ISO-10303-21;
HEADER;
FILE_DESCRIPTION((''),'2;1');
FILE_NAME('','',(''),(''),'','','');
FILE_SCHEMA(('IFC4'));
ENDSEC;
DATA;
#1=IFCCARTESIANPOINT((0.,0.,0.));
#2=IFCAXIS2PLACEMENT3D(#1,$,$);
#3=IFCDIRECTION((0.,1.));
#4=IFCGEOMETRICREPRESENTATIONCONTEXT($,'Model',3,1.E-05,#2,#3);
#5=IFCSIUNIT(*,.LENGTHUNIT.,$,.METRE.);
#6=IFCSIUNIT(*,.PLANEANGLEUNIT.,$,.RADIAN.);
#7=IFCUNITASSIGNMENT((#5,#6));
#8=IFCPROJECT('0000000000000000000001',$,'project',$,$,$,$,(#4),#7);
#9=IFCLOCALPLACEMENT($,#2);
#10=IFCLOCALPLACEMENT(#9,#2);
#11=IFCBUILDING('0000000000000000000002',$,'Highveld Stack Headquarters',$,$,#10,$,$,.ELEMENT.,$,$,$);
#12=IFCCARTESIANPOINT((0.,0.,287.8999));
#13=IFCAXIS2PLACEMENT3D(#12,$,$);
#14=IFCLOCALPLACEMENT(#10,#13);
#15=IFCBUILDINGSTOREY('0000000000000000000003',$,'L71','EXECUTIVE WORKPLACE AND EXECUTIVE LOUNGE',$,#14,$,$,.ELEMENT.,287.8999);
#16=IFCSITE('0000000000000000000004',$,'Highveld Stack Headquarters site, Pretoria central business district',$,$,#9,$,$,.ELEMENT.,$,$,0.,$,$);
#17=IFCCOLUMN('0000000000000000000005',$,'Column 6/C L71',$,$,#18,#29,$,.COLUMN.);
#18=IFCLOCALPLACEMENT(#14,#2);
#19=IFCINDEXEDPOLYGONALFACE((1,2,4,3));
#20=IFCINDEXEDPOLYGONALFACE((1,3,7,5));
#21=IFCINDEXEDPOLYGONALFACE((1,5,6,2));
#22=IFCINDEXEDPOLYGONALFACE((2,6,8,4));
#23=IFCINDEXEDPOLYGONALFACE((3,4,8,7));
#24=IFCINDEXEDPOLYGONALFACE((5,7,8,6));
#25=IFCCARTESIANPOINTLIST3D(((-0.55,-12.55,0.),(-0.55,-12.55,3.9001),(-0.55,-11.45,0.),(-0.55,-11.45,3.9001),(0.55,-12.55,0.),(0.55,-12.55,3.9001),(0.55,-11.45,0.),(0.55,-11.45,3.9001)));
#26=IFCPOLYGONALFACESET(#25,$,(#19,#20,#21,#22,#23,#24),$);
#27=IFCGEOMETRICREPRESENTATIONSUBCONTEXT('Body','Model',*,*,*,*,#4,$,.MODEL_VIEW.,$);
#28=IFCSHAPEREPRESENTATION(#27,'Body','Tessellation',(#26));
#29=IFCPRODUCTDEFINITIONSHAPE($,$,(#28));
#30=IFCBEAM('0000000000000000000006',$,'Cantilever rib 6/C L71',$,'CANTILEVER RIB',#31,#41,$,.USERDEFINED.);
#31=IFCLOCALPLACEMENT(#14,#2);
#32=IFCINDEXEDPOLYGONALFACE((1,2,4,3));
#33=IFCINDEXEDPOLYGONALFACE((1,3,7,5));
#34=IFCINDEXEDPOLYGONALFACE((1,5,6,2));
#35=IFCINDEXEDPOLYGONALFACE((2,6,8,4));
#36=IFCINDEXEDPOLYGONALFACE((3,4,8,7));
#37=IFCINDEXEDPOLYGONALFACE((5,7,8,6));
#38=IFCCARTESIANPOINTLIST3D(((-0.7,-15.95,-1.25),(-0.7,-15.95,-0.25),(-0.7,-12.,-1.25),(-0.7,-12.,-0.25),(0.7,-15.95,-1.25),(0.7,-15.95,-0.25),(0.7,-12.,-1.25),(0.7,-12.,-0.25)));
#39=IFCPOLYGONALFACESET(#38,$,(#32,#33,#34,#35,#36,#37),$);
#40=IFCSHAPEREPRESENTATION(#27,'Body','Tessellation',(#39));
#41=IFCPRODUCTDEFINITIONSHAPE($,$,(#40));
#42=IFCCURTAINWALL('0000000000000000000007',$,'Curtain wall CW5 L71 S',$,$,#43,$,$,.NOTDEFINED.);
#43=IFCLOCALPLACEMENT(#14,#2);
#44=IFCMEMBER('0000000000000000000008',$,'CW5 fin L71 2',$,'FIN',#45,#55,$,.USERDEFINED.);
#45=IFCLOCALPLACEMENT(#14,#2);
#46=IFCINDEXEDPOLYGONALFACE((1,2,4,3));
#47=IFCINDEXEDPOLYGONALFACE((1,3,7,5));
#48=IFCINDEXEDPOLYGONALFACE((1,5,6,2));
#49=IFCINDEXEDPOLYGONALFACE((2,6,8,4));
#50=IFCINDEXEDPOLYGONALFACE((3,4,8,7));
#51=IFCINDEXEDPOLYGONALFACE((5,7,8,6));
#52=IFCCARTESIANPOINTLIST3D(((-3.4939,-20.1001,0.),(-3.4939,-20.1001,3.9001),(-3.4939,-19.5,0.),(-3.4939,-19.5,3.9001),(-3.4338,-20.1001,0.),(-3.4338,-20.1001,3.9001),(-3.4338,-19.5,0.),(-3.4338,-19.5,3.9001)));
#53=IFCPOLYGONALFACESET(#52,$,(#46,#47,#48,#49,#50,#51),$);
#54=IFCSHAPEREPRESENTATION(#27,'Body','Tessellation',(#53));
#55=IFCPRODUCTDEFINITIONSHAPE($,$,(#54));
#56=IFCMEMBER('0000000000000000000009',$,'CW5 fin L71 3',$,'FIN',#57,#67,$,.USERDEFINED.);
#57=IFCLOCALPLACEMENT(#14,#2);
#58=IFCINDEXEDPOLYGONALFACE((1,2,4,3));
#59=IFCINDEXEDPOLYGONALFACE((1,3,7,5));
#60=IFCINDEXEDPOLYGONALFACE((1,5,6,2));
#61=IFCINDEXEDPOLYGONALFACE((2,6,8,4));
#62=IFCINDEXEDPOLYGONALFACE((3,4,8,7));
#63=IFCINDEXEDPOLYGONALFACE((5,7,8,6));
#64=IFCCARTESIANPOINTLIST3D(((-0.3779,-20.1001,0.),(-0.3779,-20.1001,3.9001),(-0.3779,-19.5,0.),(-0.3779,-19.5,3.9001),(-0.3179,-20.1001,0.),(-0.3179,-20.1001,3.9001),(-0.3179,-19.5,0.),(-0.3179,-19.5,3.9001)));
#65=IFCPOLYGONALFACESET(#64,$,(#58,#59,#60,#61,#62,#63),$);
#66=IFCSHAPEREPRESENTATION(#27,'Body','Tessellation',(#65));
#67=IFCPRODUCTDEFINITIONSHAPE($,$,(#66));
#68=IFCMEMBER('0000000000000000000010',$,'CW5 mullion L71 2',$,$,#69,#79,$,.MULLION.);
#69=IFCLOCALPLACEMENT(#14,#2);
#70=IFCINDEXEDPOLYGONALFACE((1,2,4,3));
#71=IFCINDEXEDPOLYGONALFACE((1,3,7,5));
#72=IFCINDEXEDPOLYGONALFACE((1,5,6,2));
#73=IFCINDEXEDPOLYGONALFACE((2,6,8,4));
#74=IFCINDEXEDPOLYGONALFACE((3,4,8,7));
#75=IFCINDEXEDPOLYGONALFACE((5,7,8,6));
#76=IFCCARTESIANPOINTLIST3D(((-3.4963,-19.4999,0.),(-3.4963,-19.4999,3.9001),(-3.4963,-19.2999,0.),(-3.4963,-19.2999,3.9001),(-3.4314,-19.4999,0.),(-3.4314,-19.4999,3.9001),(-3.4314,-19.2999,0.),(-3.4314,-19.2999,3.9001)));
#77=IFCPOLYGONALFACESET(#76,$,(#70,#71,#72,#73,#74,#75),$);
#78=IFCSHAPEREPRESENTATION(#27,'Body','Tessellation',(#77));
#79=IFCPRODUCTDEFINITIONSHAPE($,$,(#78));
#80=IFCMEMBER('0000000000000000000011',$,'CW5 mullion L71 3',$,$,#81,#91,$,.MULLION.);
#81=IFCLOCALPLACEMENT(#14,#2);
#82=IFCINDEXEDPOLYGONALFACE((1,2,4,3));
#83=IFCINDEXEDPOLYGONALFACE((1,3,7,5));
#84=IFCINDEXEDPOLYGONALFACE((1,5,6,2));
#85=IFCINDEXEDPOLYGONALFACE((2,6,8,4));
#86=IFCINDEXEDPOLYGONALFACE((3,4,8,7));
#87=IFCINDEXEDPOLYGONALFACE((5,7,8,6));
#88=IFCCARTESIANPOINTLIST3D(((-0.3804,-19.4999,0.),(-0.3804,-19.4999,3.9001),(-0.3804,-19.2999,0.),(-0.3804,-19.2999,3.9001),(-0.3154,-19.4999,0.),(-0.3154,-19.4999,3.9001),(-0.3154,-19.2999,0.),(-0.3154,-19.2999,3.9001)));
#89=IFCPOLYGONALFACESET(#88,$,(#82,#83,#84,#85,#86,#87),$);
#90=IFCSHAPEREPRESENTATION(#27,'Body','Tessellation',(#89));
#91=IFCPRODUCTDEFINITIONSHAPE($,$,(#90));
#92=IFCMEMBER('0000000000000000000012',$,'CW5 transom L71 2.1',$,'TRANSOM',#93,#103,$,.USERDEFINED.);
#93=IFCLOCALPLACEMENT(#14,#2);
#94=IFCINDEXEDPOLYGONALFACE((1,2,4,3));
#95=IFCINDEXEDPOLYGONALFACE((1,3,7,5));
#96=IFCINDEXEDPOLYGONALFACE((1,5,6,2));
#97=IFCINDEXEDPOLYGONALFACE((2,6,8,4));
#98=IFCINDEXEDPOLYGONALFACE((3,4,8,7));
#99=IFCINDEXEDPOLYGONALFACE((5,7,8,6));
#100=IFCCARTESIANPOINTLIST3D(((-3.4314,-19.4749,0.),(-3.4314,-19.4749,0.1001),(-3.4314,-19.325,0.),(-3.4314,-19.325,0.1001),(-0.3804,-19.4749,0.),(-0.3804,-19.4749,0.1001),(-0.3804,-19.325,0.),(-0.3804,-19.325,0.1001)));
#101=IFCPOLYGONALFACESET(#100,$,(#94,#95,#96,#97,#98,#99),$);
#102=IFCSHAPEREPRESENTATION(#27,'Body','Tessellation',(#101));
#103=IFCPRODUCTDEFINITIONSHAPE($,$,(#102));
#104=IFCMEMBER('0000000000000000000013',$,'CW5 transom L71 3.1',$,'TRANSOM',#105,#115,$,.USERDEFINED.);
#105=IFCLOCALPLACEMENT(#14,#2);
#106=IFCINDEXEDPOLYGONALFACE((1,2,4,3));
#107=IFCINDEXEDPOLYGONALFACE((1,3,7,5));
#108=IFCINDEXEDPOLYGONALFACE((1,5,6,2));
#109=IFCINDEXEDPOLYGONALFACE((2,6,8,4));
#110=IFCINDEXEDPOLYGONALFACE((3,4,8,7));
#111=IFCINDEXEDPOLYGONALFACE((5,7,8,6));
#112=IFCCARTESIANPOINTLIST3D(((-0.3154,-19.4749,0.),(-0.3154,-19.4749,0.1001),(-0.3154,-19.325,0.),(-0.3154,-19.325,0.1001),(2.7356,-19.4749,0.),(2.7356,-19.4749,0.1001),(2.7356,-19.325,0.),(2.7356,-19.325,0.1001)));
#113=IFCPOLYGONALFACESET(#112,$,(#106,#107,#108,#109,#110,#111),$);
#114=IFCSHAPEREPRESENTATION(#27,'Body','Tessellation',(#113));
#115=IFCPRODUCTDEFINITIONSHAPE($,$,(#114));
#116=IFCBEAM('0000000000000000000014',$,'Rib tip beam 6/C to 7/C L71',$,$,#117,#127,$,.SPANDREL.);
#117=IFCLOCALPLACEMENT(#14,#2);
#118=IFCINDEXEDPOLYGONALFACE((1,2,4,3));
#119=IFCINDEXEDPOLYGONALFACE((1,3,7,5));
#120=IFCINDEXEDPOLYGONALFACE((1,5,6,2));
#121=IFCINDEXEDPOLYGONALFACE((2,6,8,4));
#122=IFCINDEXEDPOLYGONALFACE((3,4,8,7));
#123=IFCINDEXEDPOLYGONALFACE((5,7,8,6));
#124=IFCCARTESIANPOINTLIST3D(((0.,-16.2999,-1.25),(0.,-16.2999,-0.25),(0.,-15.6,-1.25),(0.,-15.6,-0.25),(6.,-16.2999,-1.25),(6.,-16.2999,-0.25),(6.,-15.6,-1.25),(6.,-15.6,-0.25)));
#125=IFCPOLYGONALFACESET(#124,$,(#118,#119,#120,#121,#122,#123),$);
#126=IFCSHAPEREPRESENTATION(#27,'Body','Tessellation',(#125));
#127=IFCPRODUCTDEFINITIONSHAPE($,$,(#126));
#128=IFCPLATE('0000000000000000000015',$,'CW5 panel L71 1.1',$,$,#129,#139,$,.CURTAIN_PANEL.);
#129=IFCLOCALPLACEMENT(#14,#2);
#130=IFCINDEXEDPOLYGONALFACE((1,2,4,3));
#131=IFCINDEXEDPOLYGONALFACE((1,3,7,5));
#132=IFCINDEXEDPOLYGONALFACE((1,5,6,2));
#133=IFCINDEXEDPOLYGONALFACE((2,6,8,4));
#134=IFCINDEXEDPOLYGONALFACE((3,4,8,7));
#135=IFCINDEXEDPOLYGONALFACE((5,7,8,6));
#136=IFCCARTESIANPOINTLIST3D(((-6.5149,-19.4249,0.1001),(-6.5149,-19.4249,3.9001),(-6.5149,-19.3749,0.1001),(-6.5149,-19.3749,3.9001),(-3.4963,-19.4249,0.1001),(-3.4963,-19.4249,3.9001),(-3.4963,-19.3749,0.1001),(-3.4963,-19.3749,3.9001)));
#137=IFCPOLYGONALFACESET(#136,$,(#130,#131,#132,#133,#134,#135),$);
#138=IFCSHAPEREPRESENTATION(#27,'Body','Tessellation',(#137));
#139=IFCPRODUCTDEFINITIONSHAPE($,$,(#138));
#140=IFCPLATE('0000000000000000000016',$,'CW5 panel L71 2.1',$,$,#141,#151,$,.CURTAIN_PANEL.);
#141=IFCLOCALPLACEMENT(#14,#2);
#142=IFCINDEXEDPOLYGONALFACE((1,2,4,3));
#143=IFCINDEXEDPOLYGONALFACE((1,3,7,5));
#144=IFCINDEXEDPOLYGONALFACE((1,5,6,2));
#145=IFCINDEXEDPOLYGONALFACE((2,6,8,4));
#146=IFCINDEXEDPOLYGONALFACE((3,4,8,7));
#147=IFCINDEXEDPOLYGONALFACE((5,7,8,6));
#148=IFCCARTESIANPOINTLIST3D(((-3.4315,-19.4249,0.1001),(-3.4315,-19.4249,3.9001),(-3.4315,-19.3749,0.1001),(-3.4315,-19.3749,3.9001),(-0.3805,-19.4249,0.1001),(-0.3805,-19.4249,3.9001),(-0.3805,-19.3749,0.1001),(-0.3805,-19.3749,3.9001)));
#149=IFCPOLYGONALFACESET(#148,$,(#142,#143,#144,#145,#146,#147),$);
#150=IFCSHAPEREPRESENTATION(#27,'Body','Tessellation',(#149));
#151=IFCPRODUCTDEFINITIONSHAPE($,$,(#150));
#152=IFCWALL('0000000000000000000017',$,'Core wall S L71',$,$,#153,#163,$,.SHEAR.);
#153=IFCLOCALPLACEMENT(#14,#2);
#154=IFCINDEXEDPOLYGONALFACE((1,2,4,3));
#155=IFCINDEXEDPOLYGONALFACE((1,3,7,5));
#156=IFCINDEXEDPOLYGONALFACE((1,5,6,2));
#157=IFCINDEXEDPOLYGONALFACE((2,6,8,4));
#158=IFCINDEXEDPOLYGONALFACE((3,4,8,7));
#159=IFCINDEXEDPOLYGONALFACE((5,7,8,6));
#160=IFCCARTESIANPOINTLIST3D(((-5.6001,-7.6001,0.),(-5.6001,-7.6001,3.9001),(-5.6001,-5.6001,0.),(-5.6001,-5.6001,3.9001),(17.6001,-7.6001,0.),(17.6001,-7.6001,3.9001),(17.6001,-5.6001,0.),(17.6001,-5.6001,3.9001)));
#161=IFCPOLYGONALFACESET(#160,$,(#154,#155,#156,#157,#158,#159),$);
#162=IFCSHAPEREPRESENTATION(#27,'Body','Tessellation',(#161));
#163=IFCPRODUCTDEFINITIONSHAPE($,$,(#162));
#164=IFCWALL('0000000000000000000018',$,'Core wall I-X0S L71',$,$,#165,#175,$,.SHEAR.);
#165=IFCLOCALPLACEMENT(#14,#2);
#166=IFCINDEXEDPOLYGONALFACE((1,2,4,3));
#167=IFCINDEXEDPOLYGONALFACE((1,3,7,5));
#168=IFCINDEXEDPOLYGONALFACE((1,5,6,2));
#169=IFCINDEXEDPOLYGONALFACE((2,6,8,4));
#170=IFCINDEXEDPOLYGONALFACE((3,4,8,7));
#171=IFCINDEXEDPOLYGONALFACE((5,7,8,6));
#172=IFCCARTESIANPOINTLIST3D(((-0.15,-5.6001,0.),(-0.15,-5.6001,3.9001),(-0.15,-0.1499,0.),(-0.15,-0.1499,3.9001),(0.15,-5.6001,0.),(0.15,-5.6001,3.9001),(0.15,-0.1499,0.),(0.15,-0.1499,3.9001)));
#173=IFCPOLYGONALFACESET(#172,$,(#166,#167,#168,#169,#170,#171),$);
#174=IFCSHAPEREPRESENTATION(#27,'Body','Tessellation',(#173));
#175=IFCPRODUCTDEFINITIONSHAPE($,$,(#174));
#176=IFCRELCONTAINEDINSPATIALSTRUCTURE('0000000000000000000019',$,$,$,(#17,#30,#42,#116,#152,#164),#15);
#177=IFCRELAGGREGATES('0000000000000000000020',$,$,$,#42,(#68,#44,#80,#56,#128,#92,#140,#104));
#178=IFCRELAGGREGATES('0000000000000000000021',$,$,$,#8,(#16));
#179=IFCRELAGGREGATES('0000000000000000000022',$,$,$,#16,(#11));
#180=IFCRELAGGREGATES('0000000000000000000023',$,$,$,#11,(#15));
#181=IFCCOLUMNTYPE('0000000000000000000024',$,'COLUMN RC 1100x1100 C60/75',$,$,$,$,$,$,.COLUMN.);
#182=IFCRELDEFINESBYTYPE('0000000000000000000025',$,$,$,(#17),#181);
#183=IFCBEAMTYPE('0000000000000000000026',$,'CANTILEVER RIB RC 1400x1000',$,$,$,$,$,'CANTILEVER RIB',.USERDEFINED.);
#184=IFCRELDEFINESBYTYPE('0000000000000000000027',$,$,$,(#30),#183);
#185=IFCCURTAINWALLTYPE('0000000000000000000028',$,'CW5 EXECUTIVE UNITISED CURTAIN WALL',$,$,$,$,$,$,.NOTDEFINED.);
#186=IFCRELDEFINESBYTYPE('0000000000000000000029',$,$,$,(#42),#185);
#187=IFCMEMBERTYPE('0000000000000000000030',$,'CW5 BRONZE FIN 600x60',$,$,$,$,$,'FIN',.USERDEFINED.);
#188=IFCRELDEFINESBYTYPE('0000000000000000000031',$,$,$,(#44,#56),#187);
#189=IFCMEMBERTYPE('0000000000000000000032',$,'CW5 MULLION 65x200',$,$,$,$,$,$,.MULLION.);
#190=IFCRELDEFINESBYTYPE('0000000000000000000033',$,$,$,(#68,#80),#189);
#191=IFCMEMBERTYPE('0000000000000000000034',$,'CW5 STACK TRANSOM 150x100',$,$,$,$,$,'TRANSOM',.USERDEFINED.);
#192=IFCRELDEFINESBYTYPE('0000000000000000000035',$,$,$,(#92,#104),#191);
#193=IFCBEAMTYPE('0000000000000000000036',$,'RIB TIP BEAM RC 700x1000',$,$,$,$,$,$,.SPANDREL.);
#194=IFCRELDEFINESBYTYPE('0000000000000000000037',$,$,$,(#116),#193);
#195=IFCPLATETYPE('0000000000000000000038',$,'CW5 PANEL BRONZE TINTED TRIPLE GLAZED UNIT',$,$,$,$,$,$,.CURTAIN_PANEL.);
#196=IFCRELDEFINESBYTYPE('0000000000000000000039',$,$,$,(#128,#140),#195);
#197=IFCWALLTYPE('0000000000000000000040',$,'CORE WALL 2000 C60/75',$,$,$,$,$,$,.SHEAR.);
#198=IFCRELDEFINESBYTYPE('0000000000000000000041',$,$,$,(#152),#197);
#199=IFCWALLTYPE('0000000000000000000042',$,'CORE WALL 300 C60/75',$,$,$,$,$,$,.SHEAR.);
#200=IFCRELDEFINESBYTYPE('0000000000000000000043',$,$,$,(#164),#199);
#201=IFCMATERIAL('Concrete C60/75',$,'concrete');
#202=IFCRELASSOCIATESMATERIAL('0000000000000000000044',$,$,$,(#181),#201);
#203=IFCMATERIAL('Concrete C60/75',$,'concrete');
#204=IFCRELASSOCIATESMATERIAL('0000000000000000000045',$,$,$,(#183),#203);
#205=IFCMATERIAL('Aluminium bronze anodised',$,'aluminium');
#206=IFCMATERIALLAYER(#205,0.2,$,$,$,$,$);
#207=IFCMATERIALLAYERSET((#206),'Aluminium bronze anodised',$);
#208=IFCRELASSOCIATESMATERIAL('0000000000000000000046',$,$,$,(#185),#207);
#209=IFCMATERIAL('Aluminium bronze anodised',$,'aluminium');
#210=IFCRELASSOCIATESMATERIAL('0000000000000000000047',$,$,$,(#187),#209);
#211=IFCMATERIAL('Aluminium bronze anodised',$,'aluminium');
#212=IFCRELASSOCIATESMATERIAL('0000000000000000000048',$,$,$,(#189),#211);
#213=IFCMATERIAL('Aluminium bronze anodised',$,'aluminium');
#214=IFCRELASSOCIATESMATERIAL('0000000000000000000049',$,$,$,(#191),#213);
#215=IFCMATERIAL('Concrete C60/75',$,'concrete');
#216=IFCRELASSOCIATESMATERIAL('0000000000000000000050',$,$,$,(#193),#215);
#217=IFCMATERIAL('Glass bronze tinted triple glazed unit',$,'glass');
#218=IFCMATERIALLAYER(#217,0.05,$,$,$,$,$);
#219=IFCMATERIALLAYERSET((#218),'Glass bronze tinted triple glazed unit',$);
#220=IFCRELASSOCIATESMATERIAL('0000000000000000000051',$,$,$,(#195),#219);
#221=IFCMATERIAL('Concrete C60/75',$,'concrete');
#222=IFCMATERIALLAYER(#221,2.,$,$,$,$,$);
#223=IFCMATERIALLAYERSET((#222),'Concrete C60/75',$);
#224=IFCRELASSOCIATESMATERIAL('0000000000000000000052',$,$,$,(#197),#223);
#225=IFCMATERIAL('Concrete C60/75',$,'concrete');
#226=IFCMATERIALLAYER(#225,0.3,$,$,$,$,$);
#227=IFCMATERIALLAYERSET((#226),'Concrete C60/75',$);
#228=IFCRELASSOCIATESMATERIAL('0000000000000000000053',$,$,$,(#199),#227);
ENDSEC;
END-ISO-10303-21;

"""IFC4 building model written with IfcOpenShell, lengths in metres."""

from ifc_helpers import new_model, si_unit, direction, frame, frame_2d, origin, origin_2d, place, context, subcontext, project, spatial, rectangle, extrude, material, layer, layer_set, material_profile, profile_set, type_object, element, aggregate, save


model = new_model("IFC4")

# Units and contexts
model_context = context("Model", 3, precision=1e-05, world=origin(), true_north=direction((0.0, 1.0)))
body_context = subcontext(model_context, "Body", "Model", "MODEL_VIEW")
ifc_project = project(units=[si_unit("LENGTHUNIT", "METRE"), si_unit("PLANEANGLEUNIT", "RADIAN")], contexts=[model_context])

# Site, building, storey
site_placement = place(None, origin())
site = spatial("IfcSite", under=ifc_project, at=site_placement, Name="Highveld Stack Headquarters site, Pretoria central business district", CompositionType="ELEMENT", RefElevation=0.0)
building_placement = place(site_placement, origin())
building = spatial("IfcBuilding", under=site, at=building_placement, Name="Highveld Stack Headquarters", CompositionType="ELEMENT")
storey_placement = place(building_placement, frame((0.0, 0.0, 287.8999)))
storey = spatial("IfcBuildingStorey", under=building, at=storey_placement, Name="L71", Description="EXECUTIVE WORKPLACE AND EXECUTIVE LOUNGE", CompositionType="ELEMENT", Elevation=287.8999)

# Column
ifc_material_1 = material(Name="Concrete C60/75", Category="concrete")
ifc_material_profile_1 = material_profile(ifc_material_1, rectangle(XDim=1.1001, YDim=1.1001, at=origin_2d()), Name="RC 1100x1100")
ifc_profile_set_1 = profile_set([ifc_material_profile_1], Name="Concrete C60/75")
column_type = type_object("IfcColumnType", Name="COLUMN RC 1100x1100 C60/75", PredefinedType="COLUMN", material=ifc_profile_set_1)
column_placement = place(storey_placement, frame((0.0, -12.0, 0.0), z_axis=(0.0, 0.0, 1.0), x_axis=(1.0, 0.0, 0.0)))
element("IfcColumn", 1, at=column_placement, inside=storey, type_object=column_type, Name="Column 6/C L71", PredefinedType="COLUMN", context=body_context, shape_type="SweptSolid", body=[
    extrude(rectangle(XDim=1.1001, YDim=1.1001, at=origin_2d()), origin(), (0.0, 0.0, 1.0), 3.9001),
])

# Beam
ifc_material_2 = material(Name="Concrete C60/75", Category="concrete")
ifc_material_profile_2 = material_profile(ifc_material_2, rectangle(XDim=1.3999, YDim=1.0, at=origin_2d()), Name="RC 1400x1000")
ifc_profile_set_2 = profile_set([ifc_material_profile_2], Name="Concrete C60/75")
beam_type_1 = type_object("IfcBeamType", Name="CANTILEVER RIB RC 1400x1000", ElementType="CANTILEVER RIB", PredefinedType="USERDEFINED", material=ifc_profile_set_2)
beam_1_placement = place(storey_placement, frame((0.0, -12.0, -0.75), z_axis=(0.0, -1.0, 0.0), x_axis=(1.0, 0.0, 0.0)))
element("IfcBeam", 2, at=beam_1_placement, inside=storey, type_object=beam_type_1, Name="Cantilever rib 6/C L71", ObjectType="CANTILEVER RIB", PredefinedType="USERDEFINED", context=body_context, shape_type="SweptSolid", body=[
    extrude(rectangle(XDim=1.3999, YDim=1.0, at=origin_2d()), origin(), (0.0, 0.0, 1.0), 3.95),
])

# Curtain wall, members
ifc_material_3 = material(Name="Aluminium bronze anodised", Category="aluminium")
ifc_layer_1 = layer(ifc_material_3, 0.2)
ifc_layer_set_1 = layer_set([ifc_layer_1], Name="Aluminium bronze anodised")
curtain_wall_type = type_object("IfcCurtainWallType", Name="CW5 EXECUTIVE UNITISED CURTAIN WALL", PredefinedType="NOTDEFINED", material=ifc_layer_set_1)
curtain_wall_placement = place(storey_placement, origin())
curtain_wall = element("IfcCurtainWall", 3, at=curtain_wall_placement, inside=storey, type_object=curtain_wall_type, Name="Curtain wall CW5 L71 S", PredefinedType="NOTDEFINED")
ifc_material_4 = material(Name="Aluminium bronze anodised", Category="aluminium")
ifc_material_profile_3 = material_profile(ifc_material_4, rectangle(XDim=0.6001, YDim=0.0601, at=origin_2d()), Name="FIN 600x60")
ifc_profile_set_3 = profile_set([ifc_material_profile_3], Name="Aluminium bronze anodised")
member_type_1 = type_object("IfcMemberType", Name="CW5 BRONZE FIN 600x60", ElementType="FIN", PredefinedType="USERDEFINED", material=ifc_profile_set_3)
member_1_placement = place(storey_placement, frame((-3.4639, -19.8, 0.0), z_axis=(0.0, 0.0, 1.0), x_axis=(0.0, 1.0, 0.0)))
member_1 = element("IfcMember", 4, at=member_1_placement, type_object=member_type_1, Name="CW5 fin L71 2", ObjectType="FIN", PredefinedType="USERDEFINED", context=body_context, shape_type="SweptSolid", body=[
    extrude(rectangle(XDim=0.6001, YDim=0.0601, at=origin_2d()), origin(), (0.0, 0.0, 1.0), 3.9001),
])
member_2_placement = place(storey_placement, frame((-0.3479, -19.8, 0.0), z_axis=(0.0, 0.0, 1.0), x_axis=(0.0, 1.0, 0.0)))
member_2 = element("IfcMember", 5, at=member_2_placement, type_object=member_type_1, Name="CW5 fin L71 3", ObjectType="FIN", PredefinedType="USERDEFINED", context=body_context, shape_type="SweptSolid", body=[
    extrude(rectangle(XDim=0.6001, YDim=0.0601, at=origin_2d()), origin(), (0.0, 0.0, 1.0), 3.9001),
])
ifc_material_5 = material(Name="Aluminium bronze anodised", Category="aluminium")
ifc_material_profile_4 = material_profile(ifc_material_5, rectangle(XDim=0.2, YDim=0.0649, at=origin_2d()), Name="CW5 MULLION 65x200")
ifc_profile_set_4 = profile_set([ifc_material_profile_4], Name="Aluminium bronze anodised")
member_type_2 = type_object("IfcMemberType", Name="CW5 MULLION 65x200", PredefinedType="MULLION", material=ifc_profile_set_4)
member_3_placement = place(storey_placement, frame((-3.4639, -19.3999, 0.0), z_axis=(0.0, 0.0, 1.0), x_axis=(0.0, 1.0, 0.0)))
member_3 = element("IfcMember", 6, at=member_3_placement, type_object=member_type_2, Name="CW5 mullion L71 2", PredefinedType="MULLION", context=body_context, shape_type="SweptSolid", body=[
    extrude(rectangle(XDim=0.2, YDim=0.0649, at=origin_2d()), origin(), (0.0, 0.0, 1.0), 3.9001),
])
member_4_placement = place(storey_placement, frame((-0.3479, -19.3999, 0.0), z_axis=(0.0, 0.0, 1.0), x_axis=(0.0, 1.0, 0.0)))
member_4 = element("IfcMember", 7, at=member_4_placement, type_object=member_type_2, Name="CW5 mullion L71 3", PredefinedType="MULLION", context=body_context, shape_type="SweptSolid", body=[
    extrude(rectangle(XDim=0.2, YDim=0.0649, at=origin_2d()), origin(), (0.0, 0.0, 1.0), 3.9001),
])
ifc_material_6 = material(Name="Aluminium bronze anodised", Category="aluminium")
ifc_material_profile_5 = material_profile(ifc_material_6, rectangle(XDim=0.1499, YDim=0.1001, at=origin_2d()), Name="CW5 TRANSOM 150x100")
ifc_profile_set_5 = profile_set([ifc_material_profile_5], Name="Aluminium bronze anodised")
member_type_3 = type_object("IfcMemberType", Name="CW5 STACK TRANSOM 150x100", ElementType="TRANSOM", PredefinedType="USERDEFINED", material=ifc_profile_set_5)
member_5_placement = place(storey_placement, frame((-3.4314, -19.3999, 0.05), z_axis=(1.0, 0.0, 0.0), x_axis=(0.0, 1.0, 0.0)))
member_5 = element("IfcMember", 8, at=member_5_placement, type_object=member_type_3, Name="CW5 transom L71 2.1", ObjectType="TRANSOM", PredefinedType="USERDEFINED", context=body_context, shape_type="SweptSolid", body=[
    extrude(rectangle(XDim=0.1499, YDim=0.1001, at=origin_2d()), origin(), (0.0, 0.0, 1.0), 3.051),
])
member_6_placement = place(storey_placement, frame((-0.3154, -19.3999, 0.05), z_axis=(1.0, 0.0, 0.0), x_axis=(0.0, 1.0, 0.0)))
member_6 = element("IfcMember", 9, at=member_6_placement, type_object=member_type_3, Name="CW5 transom L71 3.1", ObjectType="TRANSOM", PredefinedType="USERDEFINED", context=body_context, shape_type="SweptSolid", body=[
    extrude(rectangle(XDim=0.1499, YDim=0.1001, at=origin_2d()), origin(), (0.0, 0.0, 1.0), 3.051),
])

# Beam
ifc_material_7 = material(Name="Concrete C60/75", Category="concrete")
ifc_material_profile_6 = material_profile(ifc_material_7, rectangle(XDim=0.7, YDim=1.0, at=origin_2d()), Name="RC 700x1000")
ifc_profile_set_6 = profile_set([ifc_material_profile_6], Name="Concrete C60/75")
beam_type_2 = type_object("IfcBeamType", Name="RIB TIP BEAM RC 700x1000", PredefinedType="SPANDREL", material=ifc_profile_set_6)
beam_2_placement = place(storey_placement, frame((0.0, -15.95, -0.75), z_axis=(1.0, 0.0, 0.0), x_axis=(0.0, 1.0, 0.0)))
element("IfcBeam", 10, at=beam_2_placement, inside=storey, type_object=beam_type_2, Name="Rib tip beam 6/C to 7/C L71", PredefinedType="SPANDREL", context=body_context, shape_type="SweptSolid", body=[
    extrude(rectangle(XDim=0.7, YDim=1.0, at=origin_2d()), origin(), (0.0, 0.0, 1.0), 6.0),
])

# Plates
ifc_material_8 = material(Name="Glass bronze tinted triple glazed unit", Category="glass")
ifc_layer_2 = layer(ifc_material_8, 0.05)
ifc_layer_set_2 = layer_set([ifc_layer_2], Name="Glass bronze tinted triple glazed unit")
plate_type = type_object("IfcPlateType", Name="CW5 PANEL BRONZE TINTED TRIPLE GLAZED UNIT", PredefinedType="CURTAIN_PANEL", material=ifc_layer_set_2)
plate_1_placement = place(storey_placement, frame((-5.0056, -19.3999, 0.1001), z_axis=(0.0, 0.0, 1.0), x_axis=(1.0, 0.0, 0.0)))
plate_1 = element("IfcPlate", 11, at=plate_1_placement, type_object=plate_type, Name="CW5 panel L71 1.1", PredefinedType="CURTAIN_PANEL", context=body_context, shape_type="SweptSolid", body=[
    extrude(rectangle(XDim=3.0186, YDim=0.05, at=origin_2d()), origin(), (0.0, 0.0, 1.0), 3.8),
])
plate_2_placement = place(storey_placement, frame((-1.906, -19.3999, 0.1001), z_axis=(0.0, 0.0, 1.0), x_axis=(1.0, 0.0, 0.0)))
plate_2 = element("IfcPlate", 12, at=plate_2_placement, type_object=plate_type, Name="CW5 panel L71 2.1", PredefinedType="CURTAIN_PANEL", context=body_context, shape_type="SweptSolid", body=[
    extrude(rectangle(XDim=3.051, YDim=0.05, at=origin_2d()), origin(), (0.0, 0.0, 1.0), 3.8),
])
aggregate(curtain_wall, [member_3, member_1, member_4, member_2, plate_1, member_5, plate_2, member_6])

# Walls
ifc_material_9 = material(Name="Concrete C60/75", Category="concrete")
ifc_layer_3 = layer(ifc_material_9, 2.0)
ifc_layer_set_3 = layer_set([ifc_layer_3], Name="Concrete C60/75")
wall_type_1 = type_object("IfcWallType", Name="CORE WALL 2000 C60/75", PredefinedType="SHEAR", material=ifc_layer_set_3)
wall_1_placement = place(storey_placement, frame((-5.6001, -6.6001, 0.0), z_axis=(0.0, 0.0, 1.0), x_axis=(1.0, 0.0, 0.0)))
element("IfcWall", 13, at=wall_1_placement, inside=storey, type_object=wall_type_1, Name="Core wall S L71", PredefinedType="SHEAR", context=body_context, shape_type="SweptSolid", body=[
    extrude(rectangle(XDim=23.2002, YDim=2.0, at=frame_2d((11.6001, 0.0))), origin(), (0.0, 0.0, 1.0), 3.9001),
])
ifc_material_10 = material(Name="Concrete C60/75", Category="concrete")
ifc_layer_4 = layer(ifc_material_10, 0.3)
ifc_layer_set_4 = layer_set([ifc_layer_4], Name="Concrete C60/75")
wall_type_2 = type_object("IfcWallType", Name="CORE WALL 300 C60/75", PredefinedType="SHEAR", material=ifc_layer_set_4)
wall_2_placement = place(storey_placement, frame((0.0, -5.6001, 0.0), z_axis=(0.0, 0.0, 1.0), x_axis=(0.0, 1.0, 0.0)))
element("IfcWall", 14, at=wall_2_placement, inside=storey, type_object=wall_type_2, Name="Core wall I-X0S L71", PredefinedType="SHEAR", context=body_context, shape_type="SweptSolid", body=[
    extrude(rectangle(XDim=5.4502, YDim=0.3, at=frame_2d((2.7251, 0.0))), origin(), (0.0, 0.0, 1.0), 3.9001),
])

save(model, "model.ifc")
